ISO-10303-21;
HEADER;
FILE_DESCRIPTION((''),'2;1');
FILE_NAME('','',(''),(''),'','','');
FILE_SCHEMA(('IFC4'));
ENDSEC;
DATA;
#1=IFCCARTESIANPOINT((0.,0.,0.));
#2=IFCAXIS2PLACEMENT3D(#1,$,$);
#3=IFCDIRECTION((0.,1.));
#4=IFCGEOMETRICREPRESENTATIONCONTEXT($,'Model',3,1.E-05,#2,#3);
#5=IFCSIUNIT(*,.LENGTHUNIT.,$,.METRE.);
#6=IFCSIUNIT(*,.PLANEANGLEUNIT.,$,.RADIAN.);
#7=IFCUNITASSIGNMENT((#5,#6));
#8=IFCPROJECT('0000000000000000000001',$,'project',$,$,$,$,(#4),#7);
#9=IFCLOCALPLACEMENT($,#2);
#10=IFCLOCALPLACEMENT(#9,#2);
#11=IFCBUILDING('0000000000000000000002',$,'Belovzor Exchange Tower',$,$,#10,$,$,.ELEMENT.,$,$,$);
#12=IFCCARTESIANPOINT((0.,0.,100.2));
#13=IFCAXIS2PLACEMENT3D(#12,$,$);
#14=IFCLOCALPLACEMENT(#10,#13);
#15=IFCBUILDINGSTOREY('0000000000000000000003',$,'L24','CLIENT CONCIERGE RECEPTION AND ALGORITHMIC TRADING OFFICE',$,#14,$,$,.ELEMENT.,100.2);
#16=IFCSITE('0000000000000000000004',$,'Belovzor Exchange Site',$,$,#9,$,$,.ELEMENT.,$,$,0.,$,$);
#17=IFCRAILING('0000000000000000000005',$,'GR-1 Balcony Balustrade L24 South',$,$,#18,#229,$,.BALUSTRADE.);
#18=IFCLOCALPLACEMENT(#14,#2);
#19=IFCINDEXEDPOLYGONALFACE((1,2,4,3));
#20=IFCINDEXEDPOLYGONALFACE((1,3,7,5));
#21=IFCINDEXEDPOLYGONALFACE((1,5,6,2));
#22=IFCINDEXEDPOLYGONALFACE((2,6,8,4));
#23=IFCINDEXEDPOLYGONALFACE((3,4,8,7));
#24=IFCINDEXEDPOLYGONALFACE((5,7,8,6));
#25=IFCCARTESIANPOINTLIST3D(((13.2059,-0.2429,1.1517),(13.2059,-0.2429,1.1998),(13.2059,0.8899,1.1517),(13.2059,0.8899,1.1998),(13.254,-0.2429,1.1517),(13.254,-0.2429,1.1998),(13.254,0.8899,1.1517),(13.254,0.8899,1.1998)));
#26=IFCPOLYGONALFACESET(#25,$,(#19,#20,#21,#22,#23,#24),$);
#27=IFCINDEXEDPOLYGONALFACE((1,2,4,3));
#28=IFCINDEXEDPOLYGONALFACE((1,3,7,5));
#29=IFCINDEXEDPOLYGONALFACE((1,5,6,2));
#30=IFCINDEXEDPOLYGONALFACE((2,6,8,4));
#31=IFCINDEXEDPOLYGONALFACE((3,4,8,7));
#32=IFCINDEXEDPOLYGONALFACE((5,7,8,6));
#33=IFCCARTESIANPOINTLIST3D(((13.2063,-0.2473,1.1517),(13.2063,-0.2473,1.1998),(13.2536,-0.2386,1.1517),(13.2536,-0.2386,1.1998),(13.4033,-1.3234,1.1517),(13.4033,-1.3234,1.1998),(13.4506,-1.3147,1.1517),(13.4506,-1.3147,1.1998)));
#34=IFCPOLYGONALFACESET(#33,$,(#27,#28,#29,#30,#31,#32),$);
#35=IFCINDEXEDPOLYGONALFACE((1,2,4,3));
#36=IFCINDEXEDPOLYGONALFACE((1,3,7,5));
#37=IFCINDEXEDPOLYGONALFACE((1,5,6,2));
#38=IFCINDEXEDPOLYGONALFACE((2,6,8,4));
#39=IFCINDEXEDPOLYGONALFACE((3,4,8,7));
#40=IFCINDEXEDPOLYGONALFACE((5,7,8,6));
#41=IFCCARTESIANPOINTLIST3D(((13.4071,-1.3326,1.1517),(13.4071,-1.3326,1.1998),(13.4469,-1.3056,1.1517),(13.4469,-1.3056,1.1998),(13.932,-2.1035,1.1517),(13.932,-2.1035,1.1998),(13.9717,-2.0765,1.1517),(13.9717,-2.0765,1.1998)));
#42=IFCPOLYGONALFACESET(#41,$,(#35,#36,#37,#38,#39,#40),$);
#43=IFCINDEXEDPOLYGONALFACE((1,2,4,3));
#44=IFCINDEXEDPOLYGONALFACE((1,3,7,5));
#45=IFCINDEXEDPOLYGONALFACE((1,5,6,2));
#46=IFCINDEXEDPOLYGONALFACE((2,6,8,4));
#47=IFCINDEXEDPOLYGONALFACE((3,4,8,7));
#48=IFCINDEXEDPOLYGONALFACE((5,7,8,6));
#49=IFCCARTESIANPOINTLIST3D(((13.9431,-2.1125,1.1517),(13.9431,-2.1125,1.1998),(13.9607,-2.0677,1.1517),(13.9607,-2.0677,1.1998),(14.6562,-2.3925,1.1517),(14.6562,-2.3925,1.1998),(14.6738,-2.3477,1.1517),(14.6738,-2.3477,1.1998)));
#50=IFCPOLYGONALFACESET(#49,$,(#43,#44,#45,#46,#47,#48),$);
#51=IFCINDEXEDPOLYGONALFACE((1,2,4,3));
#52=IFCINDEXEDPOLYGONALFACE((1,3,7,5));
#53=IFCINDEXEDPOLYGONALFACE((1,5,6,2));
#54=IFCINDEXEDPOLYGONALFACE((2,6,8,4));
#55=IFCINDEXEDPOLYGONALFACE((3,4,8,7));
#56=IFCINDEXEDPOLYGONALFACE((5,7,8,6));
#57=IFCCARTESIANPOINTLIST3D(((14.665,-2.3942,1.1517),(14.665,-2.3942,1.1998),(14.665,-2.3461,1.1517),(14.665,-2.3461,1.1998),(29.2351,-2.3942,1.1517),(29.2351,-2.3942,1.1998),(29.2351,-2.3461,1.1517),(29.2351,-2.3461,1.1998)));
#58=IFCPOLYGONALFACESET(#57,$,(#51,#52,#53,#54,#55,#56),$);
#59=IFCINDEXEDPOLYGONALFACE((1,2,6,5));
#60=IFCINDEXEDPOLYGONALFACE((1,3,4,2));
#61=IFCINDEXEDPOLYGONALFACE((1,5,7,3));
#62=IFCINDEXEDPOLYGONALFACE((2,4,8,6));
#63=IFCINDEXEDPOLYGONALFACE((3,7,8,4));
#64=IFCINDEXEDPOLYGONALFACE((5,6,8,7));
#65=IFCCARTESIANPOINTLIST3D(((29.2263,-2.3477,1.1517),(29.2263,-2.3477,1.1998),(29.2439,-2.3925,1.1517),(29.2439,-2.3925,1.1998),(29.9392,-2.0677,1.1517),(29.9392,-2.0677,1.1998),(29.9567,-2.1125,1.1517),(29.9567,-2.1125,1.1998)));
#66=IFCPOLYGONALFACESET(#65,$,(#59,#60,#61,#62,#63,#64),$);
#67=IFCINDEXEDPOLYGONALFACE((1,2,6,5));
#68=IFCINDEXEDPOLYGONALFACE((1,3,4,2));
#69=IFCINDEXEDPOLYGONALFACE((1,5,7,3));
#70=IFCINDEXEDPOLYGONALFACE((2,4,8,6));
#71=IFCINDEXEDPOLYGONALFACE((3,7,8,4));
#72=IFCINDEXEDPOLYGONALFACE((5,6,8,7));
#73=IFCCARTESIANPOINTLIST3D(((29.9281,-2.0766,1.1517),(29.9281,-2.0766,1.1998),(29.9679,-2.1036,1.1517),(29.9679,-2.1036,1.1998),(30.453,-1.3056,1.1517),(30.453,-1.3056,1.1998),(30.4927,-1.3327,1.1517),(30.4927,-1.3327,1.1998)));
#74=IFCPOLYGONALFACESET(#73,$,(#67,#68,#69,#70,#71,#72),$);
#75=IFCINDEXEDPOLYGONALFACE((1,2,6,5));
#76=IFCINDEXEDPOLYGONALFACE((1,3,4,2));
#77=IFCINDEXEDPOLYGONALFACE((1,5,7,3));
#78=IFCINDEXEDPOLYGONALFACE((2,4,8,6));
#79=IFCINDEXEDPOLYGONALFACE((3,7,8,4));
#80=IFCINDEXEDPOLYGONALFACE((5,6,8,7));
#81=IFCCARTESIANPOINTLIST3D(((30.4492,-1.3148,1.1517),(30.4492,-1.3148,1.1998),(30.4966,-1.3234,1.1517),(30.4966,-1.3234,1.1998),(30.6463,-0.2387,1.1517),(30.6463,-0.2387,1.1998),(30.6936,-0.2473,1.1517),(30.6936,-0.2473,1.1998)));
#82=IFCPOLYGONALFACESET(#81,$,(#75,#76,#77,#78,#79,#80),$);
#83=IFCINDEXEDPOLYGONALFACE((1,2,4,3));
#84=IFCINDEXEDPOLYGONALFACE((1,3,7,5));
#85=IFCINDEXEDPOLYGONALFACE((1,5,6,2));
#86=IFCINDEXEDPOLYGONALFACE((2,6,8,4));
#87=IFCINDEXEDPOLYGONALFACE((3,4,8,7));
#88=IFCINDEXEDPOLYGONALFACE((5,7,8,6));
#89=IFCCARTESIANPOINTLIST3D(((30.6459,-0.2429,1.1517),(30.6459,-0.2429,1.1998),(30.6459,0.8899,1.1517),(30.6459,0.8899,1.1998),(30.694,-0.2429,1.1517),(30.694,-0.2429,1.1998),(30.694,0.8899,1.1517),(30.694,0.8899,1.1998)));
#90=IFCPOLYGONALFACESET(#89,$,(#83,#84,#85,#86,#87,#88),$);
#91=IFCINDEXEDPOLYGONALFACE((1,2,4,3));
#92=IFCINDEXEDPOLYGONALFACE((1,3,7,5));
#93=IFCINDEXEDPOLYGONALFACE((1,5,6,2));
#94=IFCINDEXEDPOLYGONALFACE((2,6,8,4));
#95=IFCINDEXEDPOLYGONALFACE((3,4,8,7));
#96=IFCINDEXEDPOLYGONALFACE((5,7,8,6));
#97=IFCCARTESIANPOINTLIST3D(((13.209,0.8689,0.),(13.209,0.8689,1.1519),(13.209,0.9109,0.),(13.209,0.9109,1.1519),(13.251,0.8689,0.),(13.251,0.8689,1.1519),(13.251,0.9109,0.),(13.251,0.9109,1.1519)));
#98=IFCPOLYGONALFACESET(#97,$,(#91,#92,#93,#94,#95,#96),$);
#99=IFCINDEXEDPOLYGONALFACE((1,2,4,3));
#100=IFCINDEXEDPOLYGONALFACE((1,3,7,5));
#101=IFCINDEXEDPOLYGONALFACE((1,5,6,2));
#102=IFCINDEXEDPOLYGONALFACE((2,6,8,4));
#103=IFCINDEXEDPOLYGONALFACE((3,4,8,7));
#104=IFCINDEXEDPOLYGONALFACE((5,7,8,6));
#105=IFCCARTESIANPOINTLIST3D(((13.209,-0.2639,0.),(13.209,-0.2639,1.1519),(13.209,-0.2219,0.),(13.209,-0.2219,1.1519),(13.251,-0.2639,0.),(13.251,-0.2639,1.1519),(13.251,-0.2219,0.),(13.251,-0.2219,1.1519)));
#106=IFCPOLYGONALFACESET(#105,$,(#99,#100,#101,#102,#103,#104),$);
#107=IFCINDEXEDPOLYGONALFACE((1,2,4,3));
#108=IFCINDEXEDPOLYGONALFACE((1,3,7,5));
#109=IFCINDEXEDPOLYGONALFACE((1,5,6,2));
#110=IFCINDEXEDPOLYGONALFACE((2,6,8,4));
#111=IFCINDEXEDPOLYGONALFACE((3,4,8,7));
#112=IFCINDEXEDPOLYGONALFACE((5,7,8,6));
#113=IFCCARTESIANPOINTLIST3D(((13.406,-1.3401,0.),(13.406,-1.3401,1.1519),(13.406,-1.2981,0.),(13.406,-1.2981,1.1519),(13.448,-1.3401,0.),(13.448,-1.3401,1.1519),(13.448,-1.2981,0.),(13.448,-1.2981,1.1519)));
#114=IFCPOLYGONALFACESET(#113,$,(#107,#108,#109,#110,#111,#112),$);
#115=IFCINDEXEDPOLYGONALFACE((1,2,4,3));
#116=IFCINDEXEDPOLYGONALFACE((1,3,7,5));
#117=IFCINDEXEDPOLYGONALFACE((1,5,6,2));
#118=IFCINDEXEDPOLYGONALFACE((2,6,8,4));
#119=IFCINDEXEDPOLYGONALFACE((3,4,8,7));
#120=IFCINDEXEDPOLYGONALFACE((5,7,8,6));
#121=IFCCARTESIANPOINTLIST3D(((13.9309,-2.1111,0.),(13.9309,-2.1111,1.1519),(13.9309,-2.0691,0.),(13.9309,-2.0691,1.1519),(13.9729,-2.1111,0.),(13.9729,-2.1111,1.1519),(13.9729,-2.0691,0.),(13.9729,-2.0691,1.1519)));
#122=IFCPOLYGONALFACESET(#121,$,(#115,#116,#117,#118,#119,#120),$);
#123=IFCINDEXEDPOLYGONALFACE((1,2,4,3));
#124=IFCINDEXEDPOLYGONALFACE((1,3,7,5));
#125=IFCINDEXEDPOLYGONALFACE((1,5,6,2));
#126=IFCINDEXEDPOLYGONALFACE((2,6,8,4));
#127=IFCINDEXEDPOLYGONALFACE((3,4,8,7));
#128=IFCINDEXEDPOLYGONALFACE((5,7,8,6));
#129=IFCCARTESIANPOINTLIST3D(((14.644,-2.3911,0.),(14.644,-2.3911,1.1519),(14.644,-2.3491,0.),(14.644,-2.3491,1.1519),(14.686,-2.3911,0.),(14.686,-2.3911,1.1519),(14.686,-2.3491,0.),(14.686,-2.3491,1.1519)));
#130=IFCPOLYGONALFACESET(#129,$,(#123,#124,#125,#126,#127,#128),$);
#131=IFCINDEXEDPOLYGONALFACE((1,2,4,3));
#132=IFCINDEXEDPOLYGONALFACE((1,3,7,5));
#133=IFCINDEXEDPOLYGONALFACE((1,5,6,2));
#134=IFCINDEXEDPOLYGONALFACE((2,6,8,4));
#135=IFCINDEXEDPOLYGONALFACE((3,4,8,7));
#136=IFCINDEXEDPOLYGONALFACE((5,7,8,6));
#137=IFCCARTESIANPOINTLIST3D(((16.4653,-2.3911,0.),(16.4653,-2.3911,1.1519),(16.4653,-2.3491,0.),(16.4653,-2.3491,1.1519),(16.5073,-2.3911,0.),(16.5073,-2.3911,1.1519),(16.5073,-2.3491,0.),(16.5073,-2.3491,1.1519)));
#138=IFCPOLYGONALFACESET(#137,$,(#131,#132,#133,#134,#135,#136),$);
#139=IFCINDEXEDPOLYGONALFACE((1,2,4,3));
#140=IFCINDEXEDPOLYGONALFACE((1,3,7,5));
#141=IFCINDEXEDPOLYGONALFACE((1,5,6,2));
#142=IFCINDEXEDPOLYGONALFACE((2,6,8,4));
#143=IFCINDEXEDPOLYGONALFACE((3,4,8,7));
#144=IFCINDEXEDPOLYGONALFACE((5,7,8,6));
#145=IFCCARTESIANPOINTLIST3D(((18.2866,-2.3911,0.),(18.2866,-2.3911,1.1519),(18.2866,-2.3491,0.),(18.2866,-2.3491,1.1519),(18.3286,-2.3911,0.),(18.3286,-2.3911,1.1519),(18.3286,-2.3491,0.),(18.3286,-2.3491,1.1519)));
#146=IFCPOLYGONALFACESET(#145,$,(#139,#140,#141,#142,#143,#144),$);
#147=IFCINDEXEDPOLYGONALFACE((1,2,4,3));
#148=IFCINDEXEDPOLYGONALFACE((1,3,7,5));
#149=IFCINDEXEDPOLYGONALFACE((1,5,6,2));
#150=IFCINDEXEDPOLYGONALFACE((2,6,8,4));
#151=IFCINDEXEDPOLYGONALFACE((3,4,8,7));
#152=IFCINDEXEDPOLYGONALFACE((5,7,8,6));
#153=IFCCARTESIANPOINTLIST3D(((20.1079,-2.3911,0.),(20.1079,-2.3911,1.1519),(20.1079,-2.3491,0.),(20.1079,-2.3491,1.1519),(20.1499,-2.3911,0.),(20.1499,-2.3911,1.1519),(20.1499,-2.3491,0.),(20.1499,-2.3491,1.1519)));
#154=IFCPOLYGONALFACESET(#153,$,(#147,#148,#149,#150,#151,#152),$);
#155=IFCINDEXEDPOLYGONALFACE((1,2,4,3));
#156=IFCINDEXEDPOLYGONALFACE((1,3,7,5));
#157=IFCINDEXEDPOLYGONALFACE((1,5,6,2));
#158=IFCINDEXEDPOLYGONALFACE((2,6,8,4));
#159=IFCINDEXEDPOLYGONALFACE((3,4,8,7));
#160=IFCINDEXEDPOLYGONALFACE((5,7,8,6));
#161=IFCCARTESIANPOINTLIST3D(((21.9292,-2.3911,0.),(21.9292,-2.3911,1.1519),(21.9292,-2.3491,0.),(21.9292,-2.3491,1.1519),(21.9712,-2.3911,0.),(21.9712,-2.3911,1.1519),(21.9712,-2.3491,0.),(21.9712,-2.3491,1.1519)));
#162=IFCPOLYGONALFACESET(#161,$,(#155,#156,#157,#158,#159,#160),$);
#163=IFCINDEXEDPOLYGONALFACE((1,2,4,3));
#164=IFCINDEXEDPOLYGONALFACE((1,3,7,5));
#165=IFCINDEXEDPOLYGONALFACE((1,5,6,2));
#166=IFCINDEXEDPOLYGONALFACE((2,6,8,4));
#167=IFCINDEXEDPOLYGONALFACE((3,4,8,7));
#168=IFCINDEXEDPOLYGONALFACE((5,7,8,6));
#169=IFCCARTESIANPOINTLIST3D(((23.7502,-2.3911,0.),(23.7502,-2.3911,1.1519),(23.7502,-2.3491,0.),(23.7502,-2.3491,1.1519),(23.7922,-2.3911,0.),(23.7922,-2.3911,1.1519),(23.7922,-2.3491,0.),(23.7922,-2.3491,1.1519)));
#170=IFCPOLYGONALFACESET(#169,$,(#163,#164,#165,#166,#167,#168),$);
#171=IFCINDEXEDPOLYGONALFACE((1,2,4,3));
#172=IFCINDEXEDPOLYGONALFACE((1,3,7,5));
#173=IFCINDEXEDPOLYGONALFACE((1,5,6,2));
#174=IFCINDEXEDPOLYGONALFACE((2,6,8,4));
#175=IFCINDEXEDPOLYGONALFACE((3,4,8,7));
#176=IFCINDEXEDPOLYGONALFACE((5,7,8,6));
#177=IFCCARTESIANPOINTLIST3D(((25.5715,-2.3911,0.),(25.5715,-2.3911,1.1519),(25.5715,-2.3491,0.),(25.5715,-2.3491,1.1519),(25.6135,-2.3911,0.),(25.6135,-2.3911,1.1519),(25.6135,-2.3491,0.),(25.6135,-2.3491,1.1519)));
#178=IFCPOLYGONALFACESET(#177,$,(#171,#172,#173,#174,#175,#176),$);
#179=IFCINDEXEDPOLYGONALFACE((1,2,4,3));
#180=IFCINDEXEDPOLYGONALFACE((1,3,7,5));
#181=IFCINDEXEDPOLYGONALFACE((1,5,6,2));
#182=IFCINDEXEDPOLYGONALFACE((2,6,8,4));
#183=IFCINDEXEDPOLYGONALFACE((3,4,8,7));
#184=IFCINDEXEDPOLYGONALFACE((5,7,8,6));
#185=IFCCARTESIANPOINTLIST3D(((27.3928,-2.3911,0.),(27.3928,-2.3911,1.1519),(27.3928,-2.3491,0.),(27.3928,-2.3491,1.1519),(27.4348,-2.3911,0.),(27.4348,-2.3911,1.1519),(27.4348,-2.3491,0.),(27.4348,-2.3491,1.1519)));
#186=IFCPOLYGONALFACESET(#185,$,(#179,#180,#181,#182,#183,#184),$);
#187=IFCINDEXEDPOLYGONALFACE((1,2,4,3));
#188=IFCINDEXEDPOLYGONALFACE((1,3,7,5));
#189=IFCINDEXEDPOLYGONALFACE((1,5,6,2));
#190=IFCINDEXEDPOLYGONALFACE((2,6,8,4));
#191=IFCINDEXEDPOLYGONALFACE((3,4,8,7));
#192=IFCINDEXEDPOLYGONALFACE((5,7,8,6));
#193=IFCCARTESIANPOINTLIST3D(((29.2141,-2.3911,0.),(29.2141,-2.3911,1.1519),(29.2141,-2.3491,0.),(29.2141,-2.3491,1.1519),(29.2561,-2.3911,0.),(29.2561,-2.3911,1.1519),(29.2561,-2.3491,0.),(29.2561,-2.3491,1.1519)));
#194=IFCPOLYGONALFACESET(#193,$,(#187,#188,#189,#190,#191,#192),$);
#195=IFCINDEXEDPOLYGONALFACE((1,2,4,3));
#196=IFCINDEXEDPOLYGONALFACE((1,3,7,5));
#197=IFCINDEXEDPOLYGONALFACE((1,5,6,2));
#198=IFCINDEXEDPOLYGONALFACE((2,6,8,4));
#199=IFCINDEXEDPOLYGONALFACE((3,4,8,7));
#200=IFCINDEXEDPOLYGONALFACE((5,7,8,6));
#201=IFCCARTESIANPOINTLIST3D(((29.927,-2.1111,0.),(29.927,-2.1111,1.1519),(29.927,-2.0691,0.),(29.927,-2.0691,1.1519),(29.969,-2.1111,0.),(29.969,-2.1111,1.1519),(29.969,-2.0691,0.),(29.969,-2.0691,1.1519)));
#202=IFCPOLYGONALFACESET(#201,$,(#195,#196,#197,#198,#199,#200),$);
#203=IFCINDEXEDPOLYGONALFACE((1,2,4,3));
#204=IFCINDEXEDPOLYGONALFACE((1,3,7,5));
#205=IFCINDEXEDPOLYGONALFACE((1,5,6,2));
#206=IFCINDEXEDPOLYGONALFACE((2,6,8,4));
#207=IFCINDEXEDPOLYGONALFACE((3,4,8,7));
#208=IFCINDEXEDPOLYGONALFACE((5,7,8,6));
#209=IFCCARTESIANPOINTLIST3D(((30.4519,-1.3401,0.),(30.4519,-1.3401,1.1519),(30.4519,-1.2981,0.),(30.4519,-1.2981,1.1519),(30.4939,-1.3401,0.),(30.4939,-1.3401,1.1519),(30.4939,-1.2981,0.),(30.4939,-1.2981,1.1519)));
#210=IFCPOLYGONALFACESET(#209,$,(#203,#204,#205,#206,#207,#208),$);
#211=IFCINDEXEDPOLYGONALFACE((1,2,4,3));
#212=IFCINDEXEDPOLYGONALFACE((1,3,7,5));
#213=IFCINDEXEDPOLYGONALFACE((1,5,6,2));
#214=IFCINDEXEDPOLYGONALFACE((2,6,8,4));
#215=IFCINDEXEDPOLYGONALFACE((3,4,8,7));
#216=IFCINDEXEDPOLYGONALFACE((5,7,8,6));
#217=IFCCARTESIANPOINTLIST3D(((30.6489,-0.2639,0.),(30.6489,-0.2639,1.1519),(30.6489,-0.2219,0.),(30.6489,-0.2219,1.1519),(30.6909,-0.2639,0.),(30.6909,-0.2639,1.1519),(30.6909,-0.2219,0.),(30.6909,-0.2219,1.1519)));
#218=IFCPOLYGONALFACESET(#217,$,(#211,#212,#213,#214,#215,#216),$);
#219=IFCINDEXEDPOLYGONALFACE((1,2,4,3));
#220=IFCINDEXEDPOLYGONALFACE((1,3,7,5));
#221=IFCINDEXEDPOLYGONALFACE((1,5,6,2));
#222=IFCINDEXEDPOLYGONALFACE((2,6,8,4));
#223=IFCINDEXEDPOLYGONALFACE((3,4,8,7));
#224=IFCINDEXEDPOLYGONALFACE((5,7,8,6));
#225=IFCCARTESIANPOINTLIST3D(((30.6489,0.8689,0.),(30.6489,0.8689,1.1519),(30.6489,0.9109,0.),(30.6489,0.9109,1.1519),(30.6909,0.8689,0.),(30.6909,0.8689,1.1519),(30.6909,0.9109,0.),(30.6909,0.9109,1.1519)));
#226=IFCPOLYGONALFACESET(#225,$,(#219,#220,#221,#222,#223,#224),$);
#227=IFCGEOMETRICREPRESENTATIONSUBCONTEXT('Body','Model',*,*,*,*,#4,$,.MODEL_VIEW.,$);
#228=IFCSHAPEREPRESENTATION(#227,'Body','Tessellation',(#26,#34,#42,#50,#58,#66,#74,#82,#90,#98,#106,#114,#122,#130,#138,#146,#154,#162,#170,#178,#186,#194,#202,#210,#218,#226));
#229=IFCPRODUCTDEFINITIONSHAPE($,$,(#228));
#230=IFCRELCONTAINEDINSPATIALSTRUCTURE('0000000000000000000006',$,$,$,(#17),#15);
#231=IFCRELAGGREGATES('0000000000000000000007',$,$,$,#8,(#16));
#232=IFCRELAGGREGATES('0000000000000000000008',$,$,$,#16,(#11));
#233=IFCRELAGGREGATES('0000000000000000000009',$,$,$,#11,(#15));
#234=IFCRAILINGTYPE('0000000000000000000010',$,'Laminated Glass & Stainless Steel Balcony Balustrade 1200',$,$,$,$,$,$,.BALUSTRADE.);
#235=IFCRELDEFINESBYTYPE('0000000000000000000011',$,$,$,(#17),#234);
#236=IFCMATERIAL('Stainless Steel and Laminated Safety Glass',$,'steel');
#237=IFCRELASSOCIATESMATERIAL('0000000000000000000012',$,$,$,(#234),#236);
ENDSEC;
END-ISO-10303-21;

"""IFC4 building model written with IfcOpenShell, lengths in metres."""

from ifc_helpers import new_model, si_unit, direction, frame, origin, origin_2d, place, context, subcontext, project, spatial, rectangle, extrude, material, type_object, element, save


model = new_model("IFC4")

# Units and contexts
model_context = context("Model", 3, precision=1e-05, world=origin(), true_north=direction((0.0, 1.0)))
body_context = subcontext(model_context, "Body", "Model", "MODEL_VIEW")
ifc_project = project(units=[si_unit("LENGTHUNIT", "METRE"), si_unit("PLANEANGLEUNIT", "RADIAN")], contexts=[model_context])

# Site, building, storey
site_placement = place(None, origin())
site = spatial("IfcSite", under=ifc_project, at=site_placement, Name="Belovzor Exchange Site", CompositionType="ELEMENT", RefElevation=0.0)
building_placement = place(site_placement, origin())
building = spatial("IfcBuilding", under=site, at=building_placement, Name="Belovzor Exchange Tower", CompositionType="ELEMENT")
storey_placement = place(building_placement, frame((0.0, 0.0, 100.2)))
storey = spatial("IfcBuildingStorey", under=building, at=storey_placement, Name="L24", Description="CLIENT CONCIERGE RECEPTION AND ALGORITHMIC TRADING OFFICE", CompositionType="ELEMENT", Elevation=100.2)

# Railing
ifc_material_1 = material(Name="Stainless Steel and Laminated Safety Glass", Category="steel")
railing_type = type_object("IfcRailingType", Name="Laminated Glass & Stainless Steel Balcony Balustrade 1200", PredefinedType="BALUSTRADE", material=ifc_material_1)
railing_placement = place(storey_placement, frame((13.23, 0.8899, 0.0)))
element("IfcRailing", 1, at=railing_placement, inside=storey, type_object=railing_type, Name="GR-1 Balcony Balustrade L24 South", PredefinedType="BALUSTRADE", context=body_context, shape_type="SweptSolid", body=[
    extrude(rectangle(XDim=0.0481, YDim=0.0481, at=origin_2d()), frame((0.0, 0.0, 1.1758), z_axis=(0.0, -1.0, 0.0), x_axis=(1.0, 0.0, 0.0)), (0.0, 0.0, 1.0), 1.1328),
    extrude(rectangle(XDim=0.0481, YDim=0.0481, at=origin_2d()), frame((0.0, -1.1328, 1.1758), z_axis=(0.180083, -0.983651, 0.0), x_axis=(0.983651, 0.180083, 0.0)), (0.0, 0.0, 1.0), 1.094),
    extrude(rectangle(XDim=0.0481, YDim=0.0481, at=origin_2d()), frame((0.197, -2.209, 1.1758), z_axis=(0.562768, -0.826615, 0.0), x_axis=(0.826615, 0.562768, 0.0)), (0.0, 0.0, 1.0), 0.9326),
    extrude(rectangle(XDim=0.0481, YDim=0.0481, at=origin_2d()), frame((0.7219, -2.98, 1.1758), z_axis=(0.93081, -0.365504, 0.0), x_axis=(0.365504, 0.93081, 0.0)), (0.0, 0.0, 1.0), 0.7661),
    extrude(rectangle(XDim=0.0481, YDim=0.0481, at=origin_2d()), frame((1.4351, -3.26, 1.1758), z_axis=(1.0, 0.0, 0.0), x_axis=(0.0, 1.0, 0.0)), (0.0, 0.0, 1.0), 14.5701),
    extrude(rectangle(XDim=0.0481, YDim=0.0481, at=origin_2d()), frame((16.0051, -3.26, 1.1758), z_axis=(0.930767, 0.365613, 0.0), x_axis=(-0.365613, 0.930767, 0.0)), (0.0, 0.0, 1.0), 0.7659),
    extrude(rectangle(XDim=0.0481, YDim=0.0481, at=origin_2d()), frame((16.718, -2.98, 1.1758), z_axis=(0.562768, 0.826615, 0.0), x_axis=(-0.826615, 0.562768, 0.0)), (0.0, 0.0, 1.0), 0.9326),
    extrude(rectangle(XDim=0.0481, YDim=0.0481, at=origin_2d()), frame((17.2429, -2.209, 1.1758), z_axis=(0.180083, 0.983651, 0.0), x_axis=(-0.983651, 0.180083, 0.0)), (0.0, 0.0, 1.0), 1.094),
    extrude(rectangle(XDim=0.0481, YDim=0.0481, at=origin_2d()), frame((17.4399, -1.1328, 1.1758), z_axis=(0.0, 1.0, 0.0), x_axis=(-1.0, 0.0, 0.0)), (0.0, 0.0, 1.0), 1.1328),
    extrude(rectangle(XDim=0.042, YDim=0.042, at=origin_2d()), origin(), (0.0, 0.0, 1.0), 1.1519),
    extrude(rectangle(XDim=0.042, YDim=0.042, at=origin_2d()), frame((0.0, -1.1328, 0.0)), (0.0, 0.0, 1.0), 1.1519),
    extrude(rectangle(XDim=0.042, YDim=0.042, at=origin_2d()), frame((0.197, -2.209, 0.0)), (0.0, 0.0, 1.0), 1.1519),
    extrude(rectangle(XDim=0.042, YDim=0.042, at=origin_2d()), frame((0.7219, -2.98, 0.0)), (0.0, 0.0, 1.0), 1.1519),
    extrude(rectangle(XDim=0.042, YDim=0.042, at=origin_2d()), frame((1.4351, -3.26, 0.0)), (0.0, 0.0, 1.0), 1.1519),
    extrude(rectangle(XDim=0.042, YDim=0.042, at=origin_2d()), frame((3.2563, -3.26, 0.0)), (0.0, 0.0, 1.0), 1.1519),
    extrude(rectangle(XDim=0.042, YDim=0.042, at=origin_2d()), frame((5.0776, -3.26, 0.0)), (0.0, 0.0, 1.0), 1.1519),
    extrude(rectangle(XDim=0.042, YDim=0.042, at=origin_2d()), frame((6.8989, -3.26, 0.0)), (0.0, 0.0, 1.0), 1.1519),
    extrude(rectangle(XDim=0.042, YDim=0.042, at=origin_2d()), frame((8.7202, -3.26, 0.0)), (0.0, 0.0, 1.0), 1.1519),
    extrude(rectangle(XDim=0.042, YDim=0.042, at=origin_2d()), frame((10.5413, -3.26, 0.0)), (0.0, 0.0, 1.0), 1.1519),
    extrude(rectangle(XDim=0.042, YDim=0.042, at=origin_2d()), frame((12.3625, -3.26, 0.0)), (0.0, 0.0, 1.0), 1.1519),
    extrude(rectangle(XDim=0.042, YDim=0.042, at=origin_2d()), frame((14.1838, -3.26, 0.0)), (0.0, 0.0, 1.0), 1.1519),
    extrude(rectangle(XDim=0.042, YDim=0.042, at=origin_2d()), frame((16.0051, -3.26, 0.0)), (0.0, 0.0, 1.0), 1.1519),
    extrude(rectangle(XDim=0.042, YDim=0.042, at=origin_2d()), frame((16.718, -2.98, 0.0)), (0.0, 0.0, 1.0), 1.1519),
    extrude(rectangle(XDim=0.042, YDim=0.042, at=origin_2d()), frame((17.2429, -2.209, 0.0)), (0.0, 0.0, 1.0), 1.1519),
    extrude(rectangle(XDim=0.042, YDim=0.042, at=origin_2d()), frame((17.4399, -1.1328, 0.0)), (0.0, 0.0, 1.0), 1.1519),
    extrude(rectangle(XDim=0.042, YDim=0.042, at=origin_2d()), frame((17.4399, 0.0, 0.0)), (0.0, 0.0, 1.0), 1.1519),
])

save(model, "model.ifc")
